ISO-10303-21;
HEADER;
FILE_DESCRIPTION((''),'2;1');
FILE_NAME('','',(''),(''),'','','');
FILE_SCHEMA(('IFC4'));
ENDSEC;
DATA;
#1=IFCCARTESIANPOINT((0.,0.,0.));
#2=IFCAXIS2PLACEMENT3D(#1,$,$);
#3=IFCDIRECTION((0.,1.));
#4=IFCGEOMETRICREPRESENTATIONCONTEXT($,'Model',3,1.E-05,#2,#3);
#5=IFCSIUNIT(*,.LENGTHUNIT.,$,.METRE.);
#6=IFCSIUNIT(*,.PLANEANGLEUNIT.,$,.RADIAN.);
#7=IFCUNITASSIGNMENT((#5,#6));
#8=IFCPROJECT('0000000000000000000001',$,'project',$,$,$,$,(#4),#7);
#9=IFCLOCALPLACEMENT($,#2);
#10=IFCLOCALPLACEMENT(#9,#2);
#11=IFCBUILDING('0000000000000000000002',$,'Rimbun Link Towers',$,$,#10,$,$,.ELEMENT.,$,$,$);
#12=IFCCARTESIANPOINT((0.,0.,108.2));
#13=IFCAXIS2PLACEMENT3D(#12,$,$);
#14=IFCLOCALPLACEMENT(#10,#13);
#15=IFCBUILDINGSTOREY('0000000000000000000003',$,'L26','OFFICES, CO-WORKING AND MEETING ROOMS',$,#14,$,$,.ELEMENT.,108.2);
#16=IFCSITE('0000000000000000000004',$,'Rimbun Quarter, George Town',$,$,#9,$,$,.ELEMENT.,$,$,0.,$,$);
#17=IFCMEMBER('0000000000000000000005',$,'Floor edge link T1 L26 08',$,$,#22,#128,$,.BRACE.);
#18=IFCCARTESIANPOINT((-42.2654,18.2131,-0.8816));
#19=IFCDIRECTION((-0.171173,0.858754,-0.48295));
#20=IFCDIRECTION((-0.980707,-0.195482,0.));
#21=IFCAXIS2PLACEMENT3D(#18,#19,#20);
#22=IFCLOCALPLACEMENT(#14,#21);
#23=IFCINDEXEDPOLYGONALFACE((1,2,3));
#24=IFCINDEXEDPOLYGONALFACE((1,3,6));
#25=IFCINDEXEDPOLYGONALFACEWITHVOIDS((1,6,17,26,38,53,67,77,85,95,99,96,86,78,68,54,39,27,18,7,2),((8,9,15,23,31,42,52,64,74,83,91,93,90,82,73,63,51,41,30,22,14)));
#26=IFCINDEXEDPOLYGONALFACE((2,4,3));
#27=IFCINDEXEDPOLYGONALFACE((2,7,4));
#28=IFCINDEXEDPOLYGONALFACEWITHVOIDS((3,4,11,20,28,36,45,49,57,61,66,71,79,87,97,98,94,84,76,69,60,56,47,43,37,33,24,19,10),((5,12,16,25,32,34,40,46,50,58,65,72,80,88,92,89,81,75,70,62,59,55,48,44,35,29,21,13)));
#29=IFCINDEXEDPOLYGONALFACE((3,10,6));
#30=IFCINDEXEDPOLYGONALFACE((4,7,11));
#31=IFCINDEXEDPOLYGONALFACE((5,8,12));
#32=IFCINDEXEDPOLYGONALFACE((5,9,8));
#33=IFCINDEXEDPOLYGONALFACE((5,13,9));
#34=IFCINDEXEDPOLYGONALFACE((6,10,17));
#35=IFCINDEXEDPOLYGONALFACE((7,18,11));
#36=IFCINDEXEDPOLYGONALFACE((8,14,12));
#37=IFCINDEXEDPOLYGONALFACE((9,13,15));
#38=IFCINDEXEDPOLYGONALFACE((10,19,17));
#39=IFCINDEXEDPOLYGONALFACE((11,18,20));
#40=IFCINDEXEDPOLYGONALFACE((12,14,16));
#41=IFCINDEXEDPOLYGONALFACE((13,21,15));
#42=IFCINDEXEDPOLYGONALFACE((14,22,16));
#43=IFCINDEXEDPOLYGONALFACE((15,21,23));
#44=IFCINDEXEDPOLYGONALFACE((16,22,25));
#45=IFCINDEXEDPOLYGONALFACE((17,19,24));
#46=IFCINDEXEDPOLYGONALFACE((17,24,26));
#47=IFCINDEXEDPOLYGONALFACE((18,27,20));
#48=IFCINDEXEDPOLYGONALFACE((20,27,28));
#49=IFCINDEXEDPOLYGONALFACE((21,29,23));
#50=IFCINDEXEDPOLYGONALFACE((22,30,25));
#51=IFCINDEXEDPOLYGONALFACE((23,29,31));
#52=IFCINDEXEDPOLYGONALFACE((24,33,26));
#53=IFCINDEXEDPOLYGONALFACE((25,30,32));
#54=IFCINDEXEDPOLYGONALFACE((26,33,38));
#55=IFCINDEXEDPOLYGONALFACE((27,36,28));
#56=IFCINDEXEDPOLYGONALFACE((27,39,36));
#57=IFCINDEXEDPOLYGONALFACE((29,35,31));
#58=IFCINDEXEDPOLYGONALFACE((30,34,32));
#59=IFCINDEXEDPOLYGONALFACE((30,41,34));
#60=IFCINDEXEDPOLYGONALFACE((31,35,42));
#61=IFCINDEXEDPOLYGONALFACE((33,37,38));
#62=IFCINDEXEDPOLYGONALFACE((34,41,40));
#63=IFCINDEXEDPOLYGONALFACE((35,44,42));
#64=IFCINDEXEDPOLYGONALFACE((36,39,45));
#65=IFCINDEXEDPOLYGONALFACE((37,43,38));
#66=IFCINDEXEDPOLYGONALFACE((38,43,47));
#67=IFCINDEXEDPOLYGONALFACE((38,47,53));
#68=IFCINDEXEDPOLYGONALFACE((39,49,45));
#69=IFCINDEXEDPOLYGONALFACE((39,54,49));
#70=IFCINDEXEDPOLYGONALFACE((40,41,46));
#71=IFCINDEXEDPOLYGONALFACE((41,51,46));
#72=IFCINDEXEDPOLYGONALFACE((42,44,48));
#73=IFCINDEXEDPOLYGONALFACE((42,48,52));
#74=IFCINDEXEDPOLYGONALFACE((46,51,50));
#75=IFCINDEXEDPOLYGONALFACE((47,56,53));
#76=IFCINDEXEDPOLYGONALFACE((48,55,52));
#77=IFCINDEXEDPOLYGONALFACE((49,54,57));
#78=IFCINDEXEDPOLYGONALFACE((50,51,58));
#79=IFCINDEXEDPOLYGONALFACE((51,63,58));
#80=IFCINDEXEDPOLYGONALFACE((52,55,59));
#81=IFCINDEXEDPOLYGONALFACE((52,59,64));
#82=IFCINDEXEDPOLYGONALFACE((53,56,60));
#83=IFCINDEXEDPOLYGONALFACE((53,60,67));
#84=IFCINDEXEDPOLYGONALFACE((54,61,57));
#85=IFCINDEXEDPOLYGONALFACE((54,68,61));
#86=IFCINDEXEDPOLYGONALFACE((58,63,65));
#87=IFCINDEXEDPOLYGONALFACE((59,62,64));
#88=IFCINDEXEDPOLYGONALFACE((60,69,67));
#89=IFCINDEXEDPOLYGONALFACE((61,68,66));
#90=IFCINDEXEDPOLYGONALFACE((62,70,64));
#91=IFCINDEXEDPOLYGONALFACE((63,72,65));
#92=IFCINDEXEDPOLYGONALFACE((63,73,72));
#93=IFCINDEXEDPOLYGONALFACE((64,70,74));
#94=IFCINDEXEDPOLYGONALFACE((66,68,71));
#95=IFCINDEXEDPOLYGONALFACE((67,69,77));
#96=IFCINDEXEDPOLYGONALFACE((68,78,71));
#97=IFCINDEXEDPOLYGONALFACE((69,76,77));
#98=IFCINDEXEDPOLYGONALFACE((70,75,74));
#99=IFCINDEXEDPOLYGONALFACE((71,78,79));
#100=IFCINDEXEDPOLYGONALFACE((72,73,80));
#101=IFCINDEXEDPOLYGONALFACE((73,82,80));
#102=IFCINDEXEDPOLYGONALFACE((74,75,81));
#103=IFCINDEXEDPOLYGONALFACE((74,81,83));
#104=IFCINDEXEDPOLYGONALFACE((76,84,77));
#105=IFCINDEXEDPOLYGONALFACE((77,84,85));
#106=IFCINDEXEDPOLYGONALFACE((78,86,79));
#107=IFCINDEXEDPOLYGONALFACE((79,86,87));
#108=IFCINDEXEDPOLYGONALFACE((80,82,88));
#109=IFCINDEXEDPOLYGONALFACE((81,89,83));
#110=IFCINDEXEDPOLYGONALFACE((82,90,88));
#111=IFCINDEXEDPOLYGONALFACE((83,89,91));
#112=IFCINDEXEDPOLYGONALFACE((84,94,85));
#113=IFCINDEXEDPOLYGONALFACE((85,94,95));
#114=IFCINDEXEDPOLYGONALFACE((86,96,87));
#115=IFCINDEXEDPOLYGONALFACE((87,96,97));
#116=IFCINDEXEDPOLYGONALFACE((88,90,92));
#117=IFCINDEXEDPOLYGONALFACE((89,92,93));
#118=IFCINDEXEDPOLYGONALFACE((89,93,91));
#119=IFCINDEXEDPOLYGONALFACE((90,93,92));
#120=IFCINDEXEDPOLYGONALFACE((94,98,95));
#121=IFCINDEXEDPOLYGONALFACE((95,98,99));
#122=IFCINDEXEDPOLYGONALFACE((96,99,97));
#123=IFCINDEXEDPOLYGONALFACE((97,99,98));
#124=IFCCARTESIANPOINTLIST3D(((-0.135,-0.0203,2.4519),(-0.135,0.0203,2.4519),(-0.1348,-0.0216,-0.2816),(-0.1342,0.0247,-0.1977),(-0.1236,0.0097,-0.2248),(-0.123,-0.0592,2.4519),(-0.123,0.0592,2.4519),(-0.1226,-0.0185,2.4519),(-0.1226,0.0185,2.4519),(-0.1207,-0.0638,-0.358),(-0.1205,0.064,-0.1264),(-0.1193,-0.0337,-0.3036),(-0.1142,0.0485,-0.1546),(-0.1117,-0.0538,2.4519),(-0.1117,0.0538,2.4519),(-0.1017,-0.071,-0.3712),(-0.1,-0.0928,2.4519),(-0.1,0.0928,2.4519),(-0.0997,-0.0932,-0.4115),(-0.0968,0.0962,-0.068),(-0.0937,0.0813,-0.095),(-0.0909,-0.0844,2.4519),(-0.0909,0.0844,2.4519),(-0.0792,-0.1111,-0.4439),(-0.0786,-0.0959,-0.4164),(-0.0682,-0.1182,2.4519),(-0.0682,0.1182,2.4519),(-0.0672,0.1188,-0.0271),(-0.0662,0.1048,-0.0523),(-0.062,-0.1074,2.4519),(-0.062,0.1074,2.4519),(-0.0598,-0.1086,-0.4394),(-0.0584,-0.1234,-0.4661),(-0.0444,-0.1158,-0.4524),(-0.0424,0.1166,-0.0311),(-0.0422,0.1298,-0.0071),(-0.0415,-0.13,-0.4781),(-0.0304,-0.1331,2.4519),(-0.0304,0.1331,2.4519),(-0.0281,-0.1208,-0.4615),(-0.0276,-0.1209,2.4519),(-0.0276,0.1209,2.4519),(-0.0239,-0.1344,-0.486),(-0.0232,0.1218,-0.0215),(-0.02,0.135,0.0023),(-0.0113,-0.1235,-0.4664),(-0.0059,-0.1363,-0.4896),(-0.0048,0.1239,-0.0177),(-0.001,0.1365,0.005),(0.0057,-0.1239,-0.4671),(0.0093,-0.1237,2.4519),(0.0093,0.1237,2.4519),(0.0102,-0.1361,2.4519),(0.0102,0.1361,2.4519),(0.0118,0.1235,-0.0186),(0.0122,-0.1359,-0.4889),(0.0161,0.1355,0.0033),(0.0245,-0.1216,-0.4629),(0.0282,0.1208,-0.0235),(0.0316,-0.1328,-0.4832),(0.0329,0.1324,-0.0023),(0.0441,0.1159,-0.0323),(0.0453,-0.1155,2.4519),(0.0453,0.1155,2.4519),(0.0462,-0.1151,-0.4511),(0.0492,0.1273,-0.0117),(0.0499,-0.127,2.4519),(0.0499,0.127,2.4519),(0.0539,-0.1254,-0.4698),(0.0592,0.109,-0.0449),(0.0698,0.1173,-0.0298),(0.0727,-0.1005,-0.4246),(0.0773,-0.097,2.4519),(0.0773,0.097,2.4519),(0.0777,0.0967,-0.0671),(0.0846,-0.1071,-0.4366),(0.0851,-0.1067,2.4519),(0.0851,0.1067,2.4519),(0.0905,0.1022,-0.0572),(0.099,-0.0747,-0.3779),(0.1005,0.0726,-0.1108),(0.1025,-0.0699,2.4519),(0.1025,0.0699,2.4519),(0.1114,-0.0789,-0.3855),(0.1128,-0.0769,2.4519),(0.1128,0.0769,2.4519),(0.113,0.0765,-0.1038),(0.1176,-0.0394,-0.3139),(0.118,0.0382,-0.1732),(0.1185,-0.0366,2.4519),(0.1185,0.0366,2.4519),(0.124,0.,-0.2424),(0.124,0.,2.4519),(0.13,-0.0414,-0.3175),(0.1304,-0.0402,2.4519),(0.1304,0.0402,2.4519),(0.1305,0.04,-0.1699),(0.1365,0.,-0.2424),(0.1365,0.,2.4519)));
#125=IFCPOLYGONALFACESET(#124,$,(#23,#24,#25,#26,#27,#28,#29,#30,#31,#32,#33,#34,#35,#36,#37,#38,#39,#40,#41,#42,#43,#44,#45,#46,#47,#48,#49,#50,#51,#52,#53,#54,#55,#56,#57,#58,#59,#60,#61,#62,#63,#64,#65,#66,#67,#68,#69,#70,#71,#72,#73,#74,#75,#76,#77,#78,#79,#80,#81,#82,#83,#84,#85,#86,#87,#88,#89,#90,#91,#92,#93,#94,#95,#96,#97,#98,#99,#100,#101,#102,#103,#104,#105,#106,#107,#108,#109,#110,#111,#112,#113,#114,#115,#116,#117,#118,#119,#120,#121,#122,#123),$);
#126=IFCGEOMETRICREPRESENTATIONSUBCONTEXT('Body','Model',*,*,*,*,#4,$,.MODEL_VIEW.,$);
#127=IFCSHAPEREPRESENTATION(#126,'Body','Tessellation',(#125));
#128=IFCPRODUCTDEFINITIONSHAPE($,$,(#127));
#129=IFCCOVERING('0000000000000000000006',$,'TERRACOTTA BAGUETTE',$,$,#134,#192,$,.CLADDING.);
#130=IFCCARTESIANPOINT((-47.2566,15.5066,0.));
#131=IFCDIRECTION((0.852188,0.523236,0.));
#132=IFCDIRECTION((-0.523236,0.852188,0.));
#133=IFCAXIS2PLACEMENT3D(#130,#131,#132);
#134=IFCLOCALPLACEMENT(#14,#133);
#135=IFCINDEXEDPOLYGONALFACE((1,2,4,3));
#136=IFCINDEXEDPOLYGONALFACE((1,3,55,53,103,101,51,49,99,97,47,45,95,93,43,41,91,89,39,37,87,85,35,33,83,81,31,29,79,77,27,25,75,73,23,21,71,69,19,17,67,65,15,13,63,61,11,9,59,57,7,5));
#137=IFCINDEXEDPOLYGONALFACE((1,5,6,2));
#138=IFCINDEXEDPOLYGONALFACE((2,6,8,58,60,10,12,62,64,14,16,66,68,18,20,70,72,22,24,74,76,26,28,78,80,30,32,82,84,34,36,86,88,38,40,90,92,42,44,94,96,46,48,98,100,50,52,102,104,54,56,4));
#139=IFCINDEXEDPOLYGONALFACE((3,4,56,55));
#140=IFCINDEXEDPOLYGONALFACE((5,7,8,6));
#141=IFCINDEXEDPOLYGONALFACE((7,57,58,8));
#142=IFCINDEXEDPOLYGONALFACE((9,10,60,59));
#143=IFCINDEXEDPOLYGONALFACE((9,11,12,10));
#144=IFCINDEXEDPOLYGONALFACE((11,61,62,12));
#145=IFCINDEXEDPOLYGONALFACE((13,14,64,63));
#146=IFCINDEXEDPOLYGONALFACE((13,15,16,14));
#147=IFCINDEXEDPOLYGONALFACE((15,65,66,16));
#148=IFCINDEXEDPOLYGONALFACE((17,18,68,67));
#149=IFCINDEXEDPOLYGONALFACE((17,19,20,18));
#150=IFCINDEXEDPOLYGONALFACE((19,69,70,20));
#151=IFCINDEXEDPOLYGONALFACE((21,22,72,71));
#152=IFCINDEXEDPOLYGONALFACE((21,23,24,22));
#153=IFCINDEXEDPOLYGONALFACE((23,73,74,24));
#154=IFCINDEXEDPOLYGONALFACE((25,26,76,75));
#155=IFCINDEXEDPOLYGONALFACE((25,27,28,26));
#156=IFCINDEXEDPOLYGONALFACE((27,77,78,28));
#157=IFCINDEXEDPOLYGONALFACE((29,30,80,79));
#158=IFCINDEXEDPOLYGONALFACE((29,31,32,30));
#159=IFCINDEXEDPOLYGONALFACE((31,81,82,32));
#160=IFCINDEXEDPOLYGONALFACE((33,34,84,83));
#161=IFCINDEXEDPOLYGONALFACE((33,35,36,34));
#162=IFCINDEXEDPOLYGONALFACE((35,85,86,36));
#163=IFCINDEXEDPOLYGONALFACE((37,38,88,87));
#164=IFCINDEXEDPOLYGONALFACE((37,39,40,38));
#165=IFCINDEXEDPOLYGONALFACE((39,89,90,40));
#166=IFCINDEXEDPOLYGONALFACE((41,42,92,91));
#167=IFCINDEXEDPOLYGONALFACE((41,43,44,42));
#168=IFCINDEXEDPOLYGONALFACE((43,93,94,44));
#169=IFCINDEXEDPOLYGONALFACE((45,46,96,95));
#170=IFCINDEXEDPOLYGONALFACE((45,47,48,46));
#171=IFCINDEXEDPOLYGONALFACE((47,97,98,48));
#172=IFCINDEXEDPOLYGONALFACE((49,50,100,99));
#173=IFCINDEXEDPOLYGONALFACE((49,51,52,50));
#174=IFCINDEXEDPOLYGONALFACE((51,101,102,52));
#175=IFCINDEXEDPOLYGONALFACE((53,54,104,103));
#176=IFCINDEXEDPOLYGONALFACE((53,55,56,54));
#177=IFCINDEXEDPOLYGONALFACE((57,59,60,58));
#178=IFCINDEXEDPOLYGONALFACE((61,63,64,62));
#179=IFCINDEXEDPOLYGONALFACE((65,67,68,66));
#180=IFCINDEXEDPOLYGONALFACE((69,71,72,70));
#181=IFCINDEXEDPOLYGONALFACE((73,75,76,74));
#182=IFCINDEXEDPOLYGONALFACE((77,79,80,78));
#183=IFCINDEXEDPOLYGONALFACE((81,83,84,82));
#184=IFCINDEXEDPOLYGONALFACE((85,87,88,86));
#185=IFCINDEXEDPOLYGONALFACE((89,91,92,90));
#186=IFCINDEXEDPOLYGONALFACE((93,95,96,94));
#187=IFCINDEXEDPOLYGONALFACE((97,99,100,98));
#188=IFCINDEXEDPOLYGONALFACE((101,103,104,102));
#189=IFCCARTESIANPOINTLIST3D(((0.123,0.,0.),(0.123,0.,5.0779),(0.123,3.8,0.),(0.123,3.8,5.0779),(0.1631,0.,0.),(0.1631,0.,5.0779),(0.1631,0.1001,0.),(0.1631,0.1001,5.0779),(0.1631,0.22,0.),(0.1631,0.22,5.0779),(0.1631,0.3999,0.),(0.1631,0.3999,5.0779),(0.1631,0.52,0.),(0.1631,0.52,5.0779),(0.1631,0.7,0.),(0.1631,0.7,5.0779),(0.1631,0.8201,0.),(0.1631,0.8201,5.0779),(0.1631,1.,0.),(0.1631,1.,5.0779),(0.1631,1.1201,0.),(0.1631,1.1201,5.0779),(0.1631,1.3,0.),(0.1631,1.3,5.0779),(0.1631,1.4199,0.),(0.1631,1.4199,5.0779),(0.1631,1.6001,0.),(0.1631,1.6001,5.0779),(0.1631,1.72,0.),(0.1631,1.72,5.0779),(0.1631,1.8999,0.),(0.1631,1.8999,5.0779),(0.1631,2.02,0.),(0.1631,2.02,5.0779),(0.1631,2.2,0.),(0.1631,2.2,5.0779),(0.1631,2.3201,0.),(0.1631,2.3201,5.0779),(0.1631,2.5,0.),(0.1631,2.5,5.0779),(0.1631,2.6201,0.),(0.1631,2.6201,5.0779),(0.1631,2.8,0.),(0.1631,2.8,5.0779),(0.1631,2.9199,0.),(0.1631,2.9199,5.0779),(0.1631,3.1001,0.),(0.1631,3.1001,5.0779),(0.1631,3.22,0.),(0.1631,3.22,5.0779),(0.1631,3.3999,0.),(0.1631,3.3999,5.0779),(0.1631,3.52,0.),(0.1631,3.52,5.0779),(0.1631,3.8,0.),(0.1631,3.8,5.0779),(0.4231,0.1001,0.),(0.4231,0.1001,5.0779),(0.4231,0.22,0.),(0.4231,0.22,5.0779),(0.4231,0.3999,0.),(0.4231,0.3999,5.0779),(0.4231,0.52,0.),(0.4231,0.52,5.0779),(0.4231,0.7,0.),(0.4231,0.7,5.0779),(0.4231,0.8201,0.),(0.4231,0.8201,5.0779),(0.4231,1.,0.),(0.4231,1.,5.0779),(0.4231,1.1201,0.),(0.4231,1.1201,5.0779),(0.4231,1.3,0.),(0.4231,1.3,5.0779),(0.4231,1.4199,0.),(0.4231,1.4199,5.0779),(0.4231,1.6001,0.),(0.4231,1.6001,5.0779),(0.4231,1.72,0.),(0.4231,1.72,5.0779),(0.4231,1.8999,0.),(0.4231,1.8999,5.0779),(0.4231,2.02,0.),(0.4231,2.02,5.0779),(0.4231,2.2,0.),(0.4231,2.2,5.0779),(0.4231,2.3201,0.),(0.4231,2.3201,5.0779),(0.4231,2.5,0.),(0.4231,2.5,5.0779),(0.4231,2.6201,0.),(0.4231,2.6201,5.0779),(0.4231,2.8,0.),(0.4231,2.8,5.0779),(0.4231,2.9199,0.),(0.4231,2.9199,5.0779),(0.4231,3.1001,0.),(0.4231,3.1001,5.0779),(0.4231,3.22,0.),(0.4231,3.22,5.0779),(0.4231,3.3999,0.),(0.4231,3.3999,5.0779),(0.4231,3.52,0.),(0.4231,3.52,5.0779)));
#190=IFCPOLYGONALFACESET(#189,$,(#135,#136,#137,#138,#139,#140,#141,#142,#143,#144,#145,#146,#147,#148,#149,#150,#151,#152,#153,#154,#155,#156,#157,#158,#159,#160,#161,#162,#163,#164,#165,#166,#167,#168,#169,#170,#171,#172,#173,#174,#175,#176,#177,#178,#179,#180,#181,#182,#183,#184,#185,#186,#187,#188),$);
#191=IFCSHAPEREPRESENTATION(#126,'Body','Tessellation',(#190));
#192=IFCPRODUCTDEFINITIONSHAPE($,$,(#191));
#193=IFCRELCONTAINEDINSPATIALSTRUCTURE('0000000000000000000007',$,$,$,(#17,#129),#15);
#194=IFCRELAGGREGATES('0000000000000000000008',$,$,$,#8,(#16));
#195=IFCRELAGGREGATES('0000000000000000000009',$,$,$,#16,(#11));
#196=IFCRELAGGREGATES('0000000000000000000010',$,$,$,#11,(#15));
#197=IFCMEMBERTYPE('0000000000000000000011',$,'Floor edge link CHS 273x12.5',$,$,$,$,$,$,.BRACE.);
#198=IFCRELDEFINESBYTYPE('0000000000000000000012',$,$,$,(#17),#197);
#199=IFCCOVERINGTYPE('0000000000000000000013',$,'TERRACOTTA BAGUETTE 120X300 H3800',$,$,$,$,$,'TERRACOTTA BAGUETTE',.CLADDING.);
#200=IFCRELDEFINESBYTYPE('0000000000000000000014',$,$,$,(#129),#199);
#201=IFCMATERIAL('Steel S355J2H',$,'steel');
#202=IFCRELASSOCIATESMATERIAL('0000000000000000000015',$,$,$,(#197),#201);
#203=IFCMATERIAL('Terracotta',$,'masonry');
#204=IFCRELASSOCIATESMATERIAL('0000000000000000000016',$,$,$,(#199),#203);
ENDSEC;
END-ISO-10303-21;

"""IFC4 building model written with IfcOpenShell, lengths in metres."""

from ifc_helpers import new_model, si_unit, direction, frame, origin, origin_2d, place, context, subcontext, project, spatial, polyline, hollow_circle, outline, extrude, clip, halfspace, material, material_profile, profile_set, type_object, element, save


model = new_model("IFC4")

# Units and contexts
model_context = context("Model", 3, precision=1e-05, world=origin(), true_north=direction((0.0, 1.0)))
body_context = subcontext(model_context, "Body", "Model", "MODEL_VIEW")
ifc_project = project(units=[si_unit("LENGTHUNIT", "METRE"), si_unit("PLANEANGLEUNIT", "RADIAN")], contexts=[model_context])

# Site, building, storey
site_placement = place(None, origin())
site = spatial("IfcSite", under=ifc_project, at=site_placement, Name="Rimbun Quarter, George Town", CompositionType="ELEMENT", RefElevation=0.0)
building_placement = place(site_placement, origin())
building = spatial("IfcBuilding", under=site, at=building_placement, Name="Rimbun Link Towers", CompositionType="ELEMENT")
storey_placement = place(building_placement, frame((0.0, 0.0, 108.2)))
storey = spatial("IfcBuildingStorey", under=building, at=storey_placement, Name="L26", Description="OFFICES, CO-WORKING AND MEETING ROOMS", CompositionType="ELEMENT", Elevation=108.2)

# Member
ifc_material_1 = material(Name="Steel S355J2H", Category="steel")
ifc_material_profile_1 = material_profile(ifc_material_1, hollow_circle(Radius=0.1365, WallThickness=0.0125, at=origin_2d()), Name="CHS 273x12.5")
ifc_profile_set_1 = profile_set([ifc_material_profile_1], Name="Steel S355J2H")
member_type_1 = type_object("IfcMemberType", Name="Floor edge link CHS 273x12.5", PredefinedType="BRACE", material=ifc_profile_set_1)
member_1_placement = place(storey_placement, frame((-42.2654, 18.2131, -0.8816), z_axis=(-0.171173, 0.858754, -0.48295), x_axis=(-0.980707, -0.195482, 0.0)))
element("IfcMember", 1, at=member_1_placement, inside=storey, type_object=member_type_1, Name="Floor edge link T1 L26 08", PredefinedType="BRACE", context=body_context, shape_type="Clipping", body=[
    clip(extrude(hollow_circle(Radius=0.1365, WallThickness=0.0125, at=origin_2d()), frame((0.0, 0.0, -0.5156)), (0.0, 0.0, 1.0), 2.9675), halfspace(frame((0.0, 0.0, -0.2424), z_axis=(0.0, 0.875648, -0.48295)), False)),
])

# Covering
ifc_material_2 = material(Name="Terracotta", Category="masonry")
ifc_material_profile_2 = material_profile(ifc_material_2, outline(polyline([(0.123, 0.0), (0.1631, 0.0), (0.1631, 0.1001), (0.4231, 0.1001), (0.4231, 0.22), (0.1631, 0.22), (0.1631, 0.3999), (0.4231, 0.3999), (0.4231, 0.52), (0.1631, 0.52), (0.1631, 0.7), (0.4231, 0.7), (0.4231, 0.8201), (0.1631, 0.8201), (0.1631, 1.0), (0.4231, 1.0), (0.4231, 1.1201), (0.1631, 1.1201), (0.1631, 1.3), (0.4231, 1.3), (0.4231, 1.4199), (0.1631, 1.4199), (0.1631, 1.6001), (0.4231, 1.6001), (0.4231, 1.72), (0.1631, 1.72), (0.1631, 1.8999), (0.4231, 1.8999), (0.4231, 2.02), (0.1631, 2.02), (0.1631, 2.2), (0.4231, 2.2), (0.4231, 2.3201), (0.1631, 2.3201), (0.1631, 2.5), (0.4231, 2.5), (0.4231, 2.6201), (0.1631, 2.6201), (0.1631, 2.8), (0.4231, 2.8), (0.4231, 2.9199), (0.1631, 2.9199), (0.1631, 3.1001), (0.4231, 3.1001), (0.4231, 3.22), (0.1631, 3.22), (0.1631, 3.3999), (0.4231, 3.3999), (0.4231, 3.52), (0.1631, 3.52), (0.1631, 3.8), (0.123, 3.8), (0.123, 0.0)])), Name="BAGUETTE 120X300")
ifc_profile_set_2 = profile_set([ifc_material_profile_2], Name="Terracotta")
covering_type = type_object("IfcCoveringType", Name="TERRACOTTA BAGUETTE 120X300 H3800", ElementType="TERRACOTTA BAGUETTE", PredefinedType="CLADDING", material=ifc_profile_set_2)
covering_1_placement = place(storey_placement, frame((-47.2566, 15.5066, 0.0), z_axis=(0.852188, 0.523236, 0.0), x_axis=(-0.523236, 0.852188, 0.0)))
element("IfcCovering", 2, at=covering_1_placement, inside=storey, type_object=covering_type, Name="TERRACOTTA BAGUETTE", PredefinedType="CLADDING", context=body_context, shape_type="SweptSolid", body=[
    extrude(outline(polyline([(0.123, 0.0), (0.1631, 0.0), (0.1631, 0.1001), (0.4231, 0.1001), (0.4231, 0.22), (0.1631, 0.22), (0.1631, 0.3999), (0.4231, 0.3999), (0.4231, 0.52), (0.1631, 0.52), (0.1631, 0.7), (0.4231, 0.7), (0.4231, 0.8201), (0.1631, 0.8201), (0.1631, 1.0), (0.4231, 1.0), (0.4231, 1.1201), (0.1631, 1.1201), (0.1631, 1.3), (0.4231, 1.3), (0.4231, 1.4199), (0.1631, 1.4199), (0.1631, 1.6001), (0.4231, 1.6001), (0.4231, 1.72), (0.1631, 1.72), (0.1631, 1.8999), (0.4231, 1.8999), (0.4231, 2.02), (0.1631, 2.02), (0.1631, 2.2), (0.4231, 2.2), (0.4231, 2.3201), (0.1631, 2.3201), (0.1631, 2.5), (0.4231, 2.5), (0.4231, 2.6201), (0.1631, 2.6201), (0.1631, 2.8), (0.4231, 2.8), (0.4231, 2.9199), (0.1631, 2.9199), (0.1631, 3.1001), (0.4231, 3.1001), (0.4231, 3.22), (0.1631, 3.22), (0.1631, 3.3999), (0.4231, 3.3999), (0.4231, 3.52), (0.1631, 3.52), (0.1631, 3.8), (0.123, 3.8), (0.123, 0.0)])), origin(), (0.0, 0.0, 1.0), 5.0779),
])

save(model, "model.ifc")
